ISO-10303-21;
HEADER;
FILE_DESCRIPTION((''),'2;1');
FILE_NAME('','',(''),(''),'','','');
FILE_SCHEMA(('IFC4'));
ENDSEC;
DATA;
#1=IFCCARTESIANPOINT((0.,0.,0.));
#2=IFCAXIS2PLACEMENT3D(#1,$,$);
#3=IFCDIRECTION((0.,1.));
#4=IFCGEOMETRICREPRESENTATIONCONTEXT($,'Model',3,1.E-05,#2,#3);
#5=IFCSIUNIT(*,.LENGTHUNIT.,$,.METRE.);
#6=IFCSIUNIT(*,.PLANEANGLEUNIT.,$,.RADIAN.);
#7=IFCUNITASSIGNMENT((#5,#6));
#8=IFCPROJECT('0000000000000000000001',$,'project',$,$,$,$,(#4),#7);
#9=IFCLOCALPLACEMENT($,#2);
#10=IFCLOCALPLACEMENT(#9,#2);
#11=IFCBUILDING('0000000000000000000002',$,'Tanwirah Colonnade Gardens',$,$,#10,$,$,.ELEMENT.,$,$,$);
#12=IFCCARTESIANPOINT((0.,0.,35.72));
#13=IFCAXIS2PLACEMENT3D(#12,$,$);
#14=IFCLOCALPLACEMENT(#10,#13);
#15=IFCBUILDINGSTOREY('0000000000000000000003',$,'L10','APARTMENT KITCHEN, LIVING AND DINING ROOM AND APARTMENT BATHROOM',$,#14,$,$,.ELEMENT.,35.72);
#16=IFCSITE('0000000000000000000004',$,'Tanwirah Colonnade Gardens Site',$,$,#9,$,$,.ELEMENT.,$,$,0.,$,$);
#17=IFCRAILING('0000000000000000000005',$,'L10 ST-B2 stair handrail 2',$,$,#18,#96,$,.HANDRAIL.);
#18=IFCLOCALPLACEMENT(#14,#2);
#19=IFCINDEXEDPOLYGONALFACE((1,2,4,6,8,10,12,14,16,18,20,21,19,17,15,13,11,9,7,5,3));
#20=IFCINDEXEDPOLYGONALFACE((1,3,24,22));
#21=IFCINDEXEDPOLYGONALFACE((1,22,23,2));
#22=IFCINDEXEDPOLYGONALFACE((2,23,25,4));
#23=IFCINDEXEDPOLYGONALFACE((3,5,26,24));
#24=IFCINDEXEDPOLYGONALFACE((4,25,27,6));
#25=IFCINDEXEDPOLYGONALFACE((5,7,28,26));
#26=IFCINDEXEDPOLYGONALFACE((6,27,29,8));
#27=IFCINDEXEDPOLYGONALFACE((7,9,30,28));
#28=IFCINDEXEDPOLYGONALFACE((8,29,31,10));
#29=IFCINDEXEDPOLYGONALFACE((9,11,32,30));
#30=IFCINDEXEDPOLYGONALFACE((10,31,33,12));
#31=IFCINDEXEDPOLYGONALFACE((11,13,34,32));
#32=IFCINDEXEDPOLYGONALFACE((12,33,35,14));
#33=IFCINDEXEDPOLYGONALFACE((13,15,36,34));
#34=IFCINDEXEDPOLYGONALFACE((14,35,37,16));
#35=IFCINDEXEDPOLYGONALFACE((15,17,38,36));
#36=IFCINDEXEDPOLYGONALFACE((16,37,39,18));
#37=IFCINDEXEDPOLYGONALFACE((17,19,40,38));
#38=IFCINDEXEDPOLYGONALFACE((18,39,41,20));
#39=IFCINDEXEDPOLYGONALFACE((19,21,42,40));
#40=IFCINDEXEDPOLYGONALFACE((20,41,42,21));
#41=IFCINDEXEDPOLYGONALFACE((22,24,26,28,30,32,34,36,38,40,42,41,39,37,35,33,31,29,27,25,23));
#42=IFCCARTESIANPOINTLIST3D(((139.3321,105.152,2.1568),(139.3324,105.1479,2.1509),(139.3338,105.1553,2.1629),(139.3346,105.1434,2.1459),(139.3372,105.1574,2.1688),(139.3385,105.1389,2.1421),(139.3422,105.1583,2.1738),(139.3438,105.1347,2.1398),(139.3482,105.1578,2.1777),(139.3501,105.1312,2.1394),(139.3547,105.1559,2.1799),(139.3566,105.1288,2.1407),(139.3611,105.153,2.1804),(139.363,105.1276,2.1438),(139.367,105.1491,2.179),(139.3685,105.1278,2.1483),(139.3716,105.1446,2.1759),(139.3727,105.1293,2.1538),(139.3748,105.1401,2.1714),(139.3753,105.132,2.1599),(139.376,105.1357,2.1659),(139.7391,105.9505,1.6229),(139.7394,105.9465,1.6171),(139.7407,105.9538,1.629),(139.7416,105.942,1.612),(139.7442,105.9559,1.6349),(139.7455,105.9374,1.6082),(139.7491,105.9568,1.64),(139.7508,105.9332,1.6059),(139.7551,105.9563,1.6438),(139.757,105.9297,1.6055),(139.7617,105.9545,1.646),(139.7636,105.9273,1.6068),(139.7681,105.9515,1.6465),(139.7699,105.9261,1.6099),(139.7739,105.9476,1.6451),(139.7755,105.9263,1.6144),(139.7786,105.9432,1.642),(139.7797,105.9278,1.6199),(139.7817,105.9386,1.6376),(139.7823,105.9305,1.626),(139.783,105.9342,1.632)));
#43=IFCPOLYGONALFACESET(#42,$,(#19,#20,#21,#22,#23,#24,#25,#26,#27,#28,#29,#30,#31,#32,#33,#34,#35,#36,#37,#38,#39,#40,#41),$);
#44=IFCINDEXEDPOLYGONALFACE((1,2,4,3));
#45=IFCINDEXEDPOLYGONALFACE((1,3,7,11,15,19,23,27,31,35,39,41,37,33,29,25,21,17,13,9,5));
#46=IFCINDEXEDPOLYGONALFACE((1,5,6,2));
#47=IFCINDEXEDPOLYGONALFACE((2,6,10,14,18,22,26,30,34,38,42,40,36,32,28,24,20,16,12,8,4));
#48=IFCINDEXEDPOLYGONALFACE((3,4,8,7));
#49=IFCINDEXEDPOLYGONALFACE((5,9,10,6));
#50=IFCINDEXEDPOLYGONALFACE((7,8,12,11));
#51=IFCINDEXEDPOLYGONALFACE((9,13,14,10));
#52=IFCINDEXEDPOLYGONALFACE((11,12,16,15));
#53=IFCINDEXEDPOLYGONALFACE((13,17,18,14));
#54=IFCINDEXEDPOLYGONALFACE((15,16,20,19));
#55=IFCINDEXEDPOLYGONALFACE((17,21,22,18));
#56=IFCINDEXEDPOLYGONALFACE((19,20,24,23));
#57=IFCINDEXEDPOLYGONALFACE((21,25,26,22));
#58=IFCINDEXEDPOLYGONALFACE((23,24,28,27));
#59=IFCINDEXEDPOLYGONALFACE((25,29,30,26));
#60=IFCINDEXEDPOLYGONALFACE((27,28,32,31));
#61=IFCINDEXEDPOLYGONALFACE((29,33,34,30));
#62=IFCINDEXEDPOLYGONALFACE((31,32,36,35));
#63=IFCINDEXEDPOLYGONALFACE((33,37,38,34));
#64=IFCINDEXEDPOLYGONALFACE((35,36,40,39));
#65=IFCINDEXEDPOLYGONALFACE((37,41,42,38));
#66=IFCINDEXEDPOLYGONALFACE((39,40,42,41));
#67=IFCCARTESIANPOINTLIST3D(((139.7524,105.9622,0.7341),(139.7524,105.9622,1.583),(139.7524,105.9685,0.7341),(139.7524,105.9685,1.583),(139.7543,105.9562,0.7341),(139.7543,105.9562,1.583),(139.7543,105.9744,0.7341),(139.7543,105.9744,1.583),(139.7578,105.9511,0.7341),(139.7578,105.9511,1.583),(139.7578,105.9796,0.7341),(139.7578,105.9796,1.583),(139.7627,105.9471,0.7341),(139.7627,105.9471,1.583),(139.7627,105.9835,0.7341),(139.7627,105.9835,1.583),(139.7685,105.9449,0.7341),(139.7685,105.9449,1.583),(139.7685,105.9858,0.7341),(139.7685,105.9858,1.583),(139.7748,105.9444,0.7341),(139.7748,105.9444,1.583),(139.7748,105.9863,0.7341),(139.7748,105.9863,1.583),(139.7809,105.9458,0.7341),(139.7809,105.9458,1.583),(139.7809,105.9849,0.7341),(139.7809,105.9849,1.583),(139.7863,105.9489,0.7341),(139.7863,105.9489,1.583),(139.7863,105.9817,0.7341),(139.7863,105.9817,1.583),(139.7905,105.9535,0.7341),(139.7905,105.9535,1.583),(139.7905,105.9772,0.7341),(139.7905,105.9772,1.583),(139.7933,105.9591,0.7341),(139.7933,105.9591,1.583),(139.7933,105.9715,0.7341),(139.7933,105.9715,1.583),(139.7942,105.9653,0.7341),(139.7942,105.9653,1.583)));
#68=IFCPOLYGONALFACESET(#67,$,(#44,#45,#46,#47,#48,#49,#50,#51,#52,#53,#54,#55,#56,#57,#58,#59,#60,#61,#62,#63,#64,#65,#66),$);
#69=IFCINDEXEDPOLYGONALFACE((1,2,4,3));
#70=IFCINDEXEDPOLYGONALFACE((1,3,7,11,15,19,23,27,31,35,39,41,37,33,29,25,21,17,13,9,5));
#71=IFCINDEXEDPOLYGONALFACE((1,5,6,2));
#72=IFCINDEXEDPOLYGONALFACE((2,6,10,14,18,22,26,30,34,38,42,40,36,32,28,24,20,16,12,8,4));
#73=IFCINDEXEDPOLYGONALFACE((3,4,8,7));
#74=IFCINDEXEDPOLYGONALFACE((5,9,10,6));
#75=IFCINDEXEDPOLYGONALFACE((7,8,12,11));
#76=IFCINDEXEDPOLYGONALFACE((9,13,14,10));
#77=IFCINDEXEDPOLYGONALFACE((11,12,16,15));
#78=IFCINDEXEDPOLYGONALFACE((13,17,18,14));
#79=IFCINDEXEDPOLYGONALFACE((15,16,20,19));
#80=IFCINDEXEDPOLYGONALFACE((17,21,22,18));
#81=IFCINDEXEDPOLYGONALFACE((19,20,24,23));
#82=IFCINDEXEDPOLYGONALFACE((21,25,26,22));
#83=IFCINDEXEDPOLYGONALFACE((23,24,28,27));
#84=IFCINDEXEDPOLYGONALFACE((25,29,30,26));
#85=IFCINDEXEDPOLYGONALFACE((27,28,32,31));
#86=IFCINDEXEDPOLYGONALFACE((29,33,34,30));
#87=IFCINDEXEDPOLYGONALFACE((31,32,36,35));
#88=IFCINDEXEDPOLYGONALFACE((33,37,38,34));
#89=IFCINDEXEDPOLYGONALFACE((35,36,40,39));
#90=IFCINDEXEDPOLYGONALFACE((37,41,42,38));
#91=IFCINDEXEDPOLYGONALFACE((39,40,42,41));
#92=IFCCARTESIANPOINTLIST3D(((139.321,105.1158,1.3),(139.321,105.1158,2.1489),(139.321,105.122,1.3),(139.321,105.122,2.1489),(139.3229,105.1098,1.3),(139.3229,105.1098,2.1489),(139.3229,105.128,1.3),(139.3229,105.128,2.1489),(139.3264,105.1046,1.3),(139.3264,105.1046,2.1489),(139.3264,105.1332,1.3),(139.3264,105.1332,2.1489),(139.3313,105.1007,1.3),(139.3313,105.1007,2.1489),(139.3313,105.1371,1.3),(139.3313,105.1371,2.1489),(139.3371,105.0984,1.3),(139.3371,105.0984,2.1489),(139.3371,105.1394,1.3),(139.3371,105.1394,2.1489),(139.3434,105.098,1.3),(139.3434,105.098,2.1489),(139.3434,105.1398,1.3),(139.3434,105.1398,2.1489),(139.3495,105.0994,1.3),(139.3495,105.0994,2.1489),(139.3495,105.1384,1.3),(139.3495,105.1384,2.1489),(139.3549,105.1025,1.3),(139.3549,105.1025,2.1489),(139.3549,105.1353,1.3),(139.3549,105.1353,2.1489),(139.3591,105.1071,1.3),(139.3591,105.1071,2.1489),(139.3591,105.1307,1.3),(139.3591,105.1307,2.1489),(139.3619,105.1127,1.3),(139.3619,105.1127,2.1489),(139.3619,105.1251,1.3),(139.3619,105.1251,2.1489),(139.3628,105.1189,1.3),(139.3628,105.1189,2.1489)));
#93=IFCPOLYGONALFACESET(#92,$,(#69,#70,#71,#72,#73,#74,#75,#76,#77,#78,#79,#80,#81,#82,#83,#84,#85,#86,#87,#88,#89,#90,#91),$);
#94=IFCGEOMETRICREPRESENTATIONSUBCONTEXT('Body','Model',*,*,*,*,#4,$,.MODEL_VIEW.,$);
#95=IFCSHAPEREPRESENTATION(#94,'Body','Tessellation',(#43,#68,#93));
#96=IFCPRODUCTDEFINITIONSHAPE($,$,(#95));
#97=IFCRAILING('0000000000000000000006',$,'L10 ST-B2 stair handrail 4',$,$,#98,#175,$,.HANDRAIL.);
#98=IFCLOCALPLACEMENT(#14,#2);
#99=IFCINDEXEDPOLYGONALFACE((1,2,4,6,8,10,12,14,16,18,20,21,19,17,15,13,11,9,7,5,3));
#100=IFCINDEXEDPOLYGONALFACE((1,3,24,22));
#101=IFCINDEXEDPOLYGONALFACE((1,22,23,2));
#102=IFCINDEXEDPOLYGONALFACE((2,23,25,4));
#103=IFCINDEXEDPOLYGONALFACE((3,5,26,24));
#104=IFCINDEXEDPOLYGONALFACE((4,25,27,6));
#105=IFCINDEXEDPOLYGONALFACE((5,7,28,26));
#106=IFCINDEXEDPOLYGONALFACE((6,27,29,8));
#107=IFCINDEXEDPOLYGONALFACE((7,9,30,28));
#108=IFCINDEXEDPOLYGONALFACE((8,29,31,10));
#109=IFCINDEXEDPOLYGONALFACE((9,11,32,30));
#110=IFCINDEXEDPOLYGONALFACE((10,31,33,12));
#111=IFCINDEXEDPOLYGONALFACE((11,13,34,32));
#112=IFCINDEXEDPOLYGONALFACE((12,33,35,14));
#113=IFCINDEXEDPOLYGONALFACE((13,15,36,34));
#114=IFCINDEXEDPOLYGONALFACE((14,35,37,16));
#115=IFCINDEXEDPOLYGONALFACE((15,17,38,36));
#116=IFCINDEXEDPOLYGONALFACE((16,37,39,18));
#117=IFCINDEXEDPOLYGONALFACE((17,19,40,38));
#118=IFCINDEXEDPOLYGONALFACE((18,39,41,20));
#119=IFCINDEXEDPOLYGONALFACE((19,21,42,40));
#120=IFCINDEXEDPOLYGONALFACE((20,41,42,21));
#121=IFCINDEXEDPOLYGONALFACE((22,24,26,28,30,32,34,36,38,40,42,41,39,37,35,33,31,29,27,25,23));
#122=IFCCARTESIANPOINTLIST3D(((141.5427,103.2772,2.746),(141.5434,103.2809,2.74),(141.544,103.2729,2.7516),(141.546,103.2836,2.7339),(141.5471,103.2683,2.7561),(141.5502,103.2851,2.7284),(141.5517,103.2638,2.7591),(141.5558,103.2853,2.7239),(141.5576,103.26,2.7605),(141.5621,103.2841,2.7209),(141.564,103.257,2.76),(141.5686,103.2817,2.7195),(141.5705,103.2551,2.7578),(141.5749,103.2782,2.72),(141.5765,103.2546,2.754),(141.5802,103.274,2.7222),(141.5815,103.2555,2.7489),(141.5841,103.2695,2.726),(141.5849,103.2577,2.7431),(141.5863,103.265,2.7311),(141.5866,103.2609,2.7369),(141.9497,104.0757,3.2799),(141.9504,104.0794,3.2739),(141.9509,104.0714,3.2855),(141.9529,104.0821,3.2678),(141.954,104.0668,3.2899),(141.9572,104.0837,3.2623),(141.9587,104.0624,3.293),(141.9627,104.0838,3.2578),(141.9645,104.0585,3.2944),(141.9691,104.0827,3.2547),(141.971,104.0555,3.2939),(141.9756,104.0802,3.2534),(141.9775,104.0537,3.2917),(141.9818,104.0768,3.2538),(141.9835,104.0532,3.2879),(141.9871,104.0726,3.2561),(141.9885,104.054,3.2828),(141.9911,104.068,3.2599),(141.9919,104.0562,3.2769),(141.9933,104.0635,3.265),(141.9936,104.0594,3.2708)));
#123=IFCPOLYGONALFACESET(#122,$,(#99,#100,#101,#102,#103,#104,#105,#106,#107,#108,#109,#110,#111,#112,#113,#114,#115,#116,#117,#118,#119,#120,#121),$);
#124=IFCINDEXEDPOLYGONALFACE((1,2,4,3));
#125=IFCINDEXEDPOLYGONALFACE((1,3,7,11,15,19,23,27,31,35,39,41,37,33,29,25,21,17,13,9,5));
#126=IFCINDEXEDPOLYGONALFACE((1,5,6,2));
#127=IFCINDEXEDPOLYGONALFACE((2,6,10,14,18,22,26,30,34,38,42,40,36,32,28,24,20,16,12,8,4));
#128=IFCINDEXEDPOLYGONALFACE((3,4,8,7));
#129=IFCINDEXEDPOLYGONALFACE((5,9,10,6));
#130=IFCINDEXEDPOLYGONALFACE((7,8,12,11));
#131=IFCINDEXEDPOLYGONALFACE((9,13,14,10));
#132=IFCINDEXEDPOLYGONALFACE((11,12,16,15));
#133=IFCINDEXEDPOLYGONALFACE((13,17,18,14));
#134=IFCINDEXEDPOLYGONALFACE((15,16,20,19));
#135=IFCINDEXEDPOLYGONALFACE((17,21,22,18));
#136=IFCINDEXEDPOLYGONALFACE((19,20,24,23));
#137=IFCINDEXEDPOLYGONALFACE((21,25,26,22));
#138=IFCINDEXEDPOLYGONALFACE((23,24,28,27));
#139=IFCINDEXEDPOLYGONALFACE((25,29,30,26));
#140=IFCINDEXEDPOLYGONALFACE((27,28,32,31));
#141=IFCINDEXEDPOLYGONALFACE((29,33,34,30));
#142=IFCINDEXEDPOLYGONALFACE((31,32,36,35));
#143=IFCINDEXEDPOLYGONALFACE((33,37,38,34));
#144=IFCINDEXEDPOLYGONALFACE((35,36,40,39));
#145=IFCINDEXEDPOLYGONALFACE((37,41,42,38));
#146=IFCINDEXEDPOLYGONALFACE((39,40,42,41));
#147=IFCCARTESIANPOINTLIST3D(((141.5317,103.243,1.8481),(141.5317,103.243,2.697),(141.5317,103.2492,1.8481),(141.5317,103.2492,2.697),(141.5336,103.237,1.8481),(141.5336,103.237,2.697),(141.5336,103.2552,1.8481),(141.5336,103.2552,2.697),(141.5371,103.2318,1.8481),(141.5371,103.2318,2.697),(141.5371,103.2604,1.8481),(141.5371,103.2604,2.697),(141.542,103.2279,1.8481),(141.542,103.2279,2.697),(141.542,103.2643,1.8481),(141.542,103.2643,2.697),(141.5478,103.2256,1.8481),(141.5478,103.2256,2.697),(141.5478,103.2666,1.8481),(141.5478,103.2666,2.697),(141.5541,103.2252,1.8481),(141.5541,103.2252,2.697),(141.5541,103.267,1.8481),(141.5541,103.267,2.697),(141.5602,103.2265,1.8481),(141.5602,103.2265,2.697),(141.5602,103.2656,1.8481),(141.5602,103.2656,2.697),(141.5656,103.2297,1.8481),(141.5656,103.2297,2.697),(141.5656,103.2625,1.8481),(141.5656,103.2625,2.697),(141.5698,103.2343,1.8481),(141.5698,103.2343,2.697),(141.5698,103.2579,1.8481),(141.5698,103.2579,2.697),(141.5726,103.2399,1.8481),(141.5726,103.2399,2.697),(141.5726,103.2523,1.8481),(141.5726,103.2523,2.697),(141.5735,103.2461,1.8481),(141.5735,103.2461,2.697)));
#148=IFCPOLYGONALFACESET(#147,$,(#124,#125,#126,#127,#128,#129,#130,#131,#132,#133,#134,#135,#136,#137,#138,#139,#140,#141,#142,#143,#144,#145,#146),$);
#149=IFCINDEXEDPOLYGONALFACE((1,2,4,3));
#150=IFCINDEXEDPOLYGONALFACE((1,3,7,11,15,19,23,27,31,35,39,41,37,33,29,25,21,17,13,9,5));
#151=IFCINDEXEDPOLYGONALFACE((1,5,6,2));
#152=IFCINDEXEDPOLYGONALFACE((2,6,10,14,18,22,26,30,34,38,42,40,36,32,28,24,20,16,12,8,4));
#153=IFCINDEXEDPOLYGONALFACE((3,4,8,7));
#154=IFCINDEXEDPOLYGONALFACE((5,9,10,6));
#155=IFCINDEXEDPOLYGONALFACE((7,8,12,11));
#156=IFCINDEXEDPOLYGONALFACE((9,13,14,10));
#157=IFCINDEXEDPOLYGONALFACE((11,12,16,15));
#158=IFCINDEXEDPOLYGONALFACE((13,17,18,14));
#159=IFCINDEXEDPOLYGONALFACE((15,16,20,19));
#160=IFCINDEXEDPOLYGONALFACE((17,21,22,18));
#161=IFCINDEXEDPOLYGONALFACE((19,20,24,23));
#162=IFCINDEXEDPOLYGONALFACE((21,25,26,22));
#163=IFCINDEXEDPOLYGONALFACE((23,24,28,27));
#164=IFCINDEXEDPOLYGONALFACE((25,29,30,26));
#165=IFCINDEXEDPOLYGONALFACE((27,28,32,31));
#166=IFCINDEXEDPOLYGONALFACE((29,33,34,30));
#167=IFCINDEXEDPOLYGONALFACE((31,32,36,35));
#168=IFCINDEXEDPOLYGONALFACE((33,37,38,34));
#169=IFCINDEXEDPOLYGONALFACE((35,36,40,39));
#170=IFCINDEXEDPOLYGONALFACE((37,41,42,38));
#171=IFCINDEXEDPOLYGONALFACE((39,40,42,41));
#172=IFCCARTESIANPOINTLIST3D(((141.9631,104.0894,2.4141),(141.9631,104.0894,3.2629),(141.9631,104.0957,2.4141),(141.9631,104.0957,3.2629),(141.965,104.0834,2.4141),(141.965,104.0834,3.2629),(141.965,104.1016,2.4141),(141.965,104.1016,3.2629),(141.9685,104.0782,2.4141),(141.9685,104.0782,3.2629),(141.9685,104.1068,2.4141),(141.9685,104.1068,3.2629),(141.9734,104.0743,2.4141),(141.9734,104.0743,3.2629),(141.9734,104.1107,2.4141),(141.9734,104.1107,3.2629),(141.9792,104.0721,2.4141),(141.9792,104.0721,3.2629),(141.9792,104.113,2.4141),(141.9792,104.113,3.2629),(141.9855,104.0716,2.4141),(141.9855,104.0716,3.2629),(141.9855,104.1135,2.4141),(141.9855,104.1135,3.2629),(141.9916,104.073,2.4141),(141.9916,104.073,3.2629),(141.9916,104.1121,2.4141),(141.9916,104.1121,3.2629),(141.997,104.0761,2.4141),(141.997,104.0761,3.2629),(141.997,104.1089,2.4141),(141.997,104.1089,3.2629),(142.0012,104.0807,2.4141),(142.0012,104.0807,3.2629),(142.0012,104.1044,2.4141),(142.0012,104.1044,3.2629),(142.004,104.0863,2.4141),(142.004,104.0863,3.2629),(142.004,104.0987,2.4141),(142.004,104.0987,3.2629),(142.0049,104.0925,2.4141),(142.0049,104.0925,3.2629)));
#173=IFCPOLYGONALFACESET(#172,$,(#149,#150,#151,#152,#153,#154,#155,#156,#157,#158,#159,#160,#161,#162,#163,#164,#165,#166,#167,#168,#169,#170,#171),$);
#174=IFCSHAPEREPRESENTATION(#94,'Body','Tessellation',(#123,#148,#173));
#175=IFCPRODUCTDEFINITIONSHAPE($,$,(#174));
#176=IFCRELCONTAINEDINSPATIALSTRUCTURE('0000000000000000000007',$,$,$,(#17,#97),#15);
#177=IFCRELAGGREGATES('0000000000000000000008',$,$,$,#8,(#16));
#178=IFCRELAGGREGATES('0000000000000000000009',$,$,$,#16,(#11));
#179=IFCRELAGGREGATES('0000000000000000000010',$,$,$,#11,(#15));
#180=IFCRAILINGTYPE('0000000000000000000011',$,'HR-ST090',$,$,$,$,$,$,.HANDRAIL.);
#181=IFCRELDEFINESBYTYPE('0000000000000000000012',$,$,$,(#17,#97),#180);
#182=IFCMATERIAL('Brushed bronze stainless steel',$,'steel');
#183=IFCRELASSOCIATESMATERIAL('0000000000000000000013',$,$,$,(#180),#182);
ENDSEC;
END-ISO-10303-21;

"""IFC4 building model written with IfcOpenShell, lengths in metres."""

from ifc_helpers import new_model, si_unit, direction, frame, origin, origin_2d, place, context, subcontext, project, spatial, circle, extrude, material, type_object, element, save


model = new_model("IFC4")

# Units and contexts
model_context = context("Model", 3, precision=1e-05, world=origin(), true_north=direction((0.0, 1.0)))
body_context = subcontext(model_context, "Body", "Model", "MODEL_VIEW")
ifc_project = project(units=[si_unit("LENGTHUNIT", "METRE"), si_unit("PLANEANGLEUNIT", "RADIAN")], contexts=[model_context])

# Site, building, storey
site_placement = place(None, origin())
site = spatial("IfcSite", under=ifc_project, at=site_placement, Name="Tanwirah Colonnade Gardens Site", CompositionType="ELEMENT", RefElevation=0.0)
building_placement = place(site_placement, origin())
building = spatial("IfcBuilding", under=site, at=building_placement, Name="Tanwirah Colonnade Gardens", CompositionType="ELEMENT")
storey_placement = place(building_placement, frame((0.0, 0.0, 35.72)))
storey = spatial("IfcBuildingStorey", under=building, at=storey_placement, Name="L10", Description="APARTMENT KITCHEN, LIVING AND DINING ROOM AND APARTMENT BATHROOM", CompositionType="ELEMENT", Elevation=35.72)

# Railings
ifc_material_1 = material(Name="Brushed bronze stainless steel", Category="steel")
railing_type_1 = type_object("IfcRailingType", Name="HR-ST090", PredefinedType="HANDRAIL", material=ifc_material_1)
railing_1_placement = place(storey_placement, frame((139.7732, 105.9653, 0.7341)))
element("IfcRailing", 1, at=railing_1_placement, inside=storey, type_object=railing_type_1, Name="L10 ST-B2 stair handrail 2", PredefinedType="HANDRAIL", context=body_context, shape_type="SweptSolid", body=[
    extrude(circle(Radius=0.0239, at=origin_2d()), frame((-0.0122, -0.0239, 0.8918), z_axis=(-0.390118, -0.765443, 0.511767), x_axis=(0.890957, -0.454087, 0.0)), (0.0, 0.0, 1.0), 1.0432),
    extrude(circle(Radius=0.021, at=origin_2d()), origin(), (0.0, 0.0, 1.0), 0.8489),
    extrude(circle(Radius=0.021, at=origin_2d()), frame((-0.4314, -0.8464, 0.5659)), (0.0, 0.0, 1.0), 0.8489),
])
for number, where, name in (
    (2, (141.5525, 103.2461, 1.8481), "L10 ST-B2 stair handrail 4"),
):
    element("IfcRailing", number, at=place(storey_placement, frame(where)), inside=storey, type_object=railing_type_1, Name=name, PredefinedType="HANDRAIL", context=body_context, shape_type="SweptSolid", body=[
        extrude(circle(Radius=0.0239, at=origin_2d()), frame((0.0122, 0.0239, 0.8918), z_axis=(0.390118, 0.765443, 0.511767), x_axis=(-0.890957, 0.454087, 0.0)), (0.0, 0.0, 1.0), 1.0432),
        extrude(circle(Radius=0.021, at=origin_2d()), origin(), (0.0, 0.0, 1.0), 0.8489),
        extrude(circle(Radius=0.021, at=origin_2d()), frame((0.4314, 0.8464, 0.5659)), (0.0, 0.0, 1.0), 0.8489),
    ])

save(model, "model.ifc")
